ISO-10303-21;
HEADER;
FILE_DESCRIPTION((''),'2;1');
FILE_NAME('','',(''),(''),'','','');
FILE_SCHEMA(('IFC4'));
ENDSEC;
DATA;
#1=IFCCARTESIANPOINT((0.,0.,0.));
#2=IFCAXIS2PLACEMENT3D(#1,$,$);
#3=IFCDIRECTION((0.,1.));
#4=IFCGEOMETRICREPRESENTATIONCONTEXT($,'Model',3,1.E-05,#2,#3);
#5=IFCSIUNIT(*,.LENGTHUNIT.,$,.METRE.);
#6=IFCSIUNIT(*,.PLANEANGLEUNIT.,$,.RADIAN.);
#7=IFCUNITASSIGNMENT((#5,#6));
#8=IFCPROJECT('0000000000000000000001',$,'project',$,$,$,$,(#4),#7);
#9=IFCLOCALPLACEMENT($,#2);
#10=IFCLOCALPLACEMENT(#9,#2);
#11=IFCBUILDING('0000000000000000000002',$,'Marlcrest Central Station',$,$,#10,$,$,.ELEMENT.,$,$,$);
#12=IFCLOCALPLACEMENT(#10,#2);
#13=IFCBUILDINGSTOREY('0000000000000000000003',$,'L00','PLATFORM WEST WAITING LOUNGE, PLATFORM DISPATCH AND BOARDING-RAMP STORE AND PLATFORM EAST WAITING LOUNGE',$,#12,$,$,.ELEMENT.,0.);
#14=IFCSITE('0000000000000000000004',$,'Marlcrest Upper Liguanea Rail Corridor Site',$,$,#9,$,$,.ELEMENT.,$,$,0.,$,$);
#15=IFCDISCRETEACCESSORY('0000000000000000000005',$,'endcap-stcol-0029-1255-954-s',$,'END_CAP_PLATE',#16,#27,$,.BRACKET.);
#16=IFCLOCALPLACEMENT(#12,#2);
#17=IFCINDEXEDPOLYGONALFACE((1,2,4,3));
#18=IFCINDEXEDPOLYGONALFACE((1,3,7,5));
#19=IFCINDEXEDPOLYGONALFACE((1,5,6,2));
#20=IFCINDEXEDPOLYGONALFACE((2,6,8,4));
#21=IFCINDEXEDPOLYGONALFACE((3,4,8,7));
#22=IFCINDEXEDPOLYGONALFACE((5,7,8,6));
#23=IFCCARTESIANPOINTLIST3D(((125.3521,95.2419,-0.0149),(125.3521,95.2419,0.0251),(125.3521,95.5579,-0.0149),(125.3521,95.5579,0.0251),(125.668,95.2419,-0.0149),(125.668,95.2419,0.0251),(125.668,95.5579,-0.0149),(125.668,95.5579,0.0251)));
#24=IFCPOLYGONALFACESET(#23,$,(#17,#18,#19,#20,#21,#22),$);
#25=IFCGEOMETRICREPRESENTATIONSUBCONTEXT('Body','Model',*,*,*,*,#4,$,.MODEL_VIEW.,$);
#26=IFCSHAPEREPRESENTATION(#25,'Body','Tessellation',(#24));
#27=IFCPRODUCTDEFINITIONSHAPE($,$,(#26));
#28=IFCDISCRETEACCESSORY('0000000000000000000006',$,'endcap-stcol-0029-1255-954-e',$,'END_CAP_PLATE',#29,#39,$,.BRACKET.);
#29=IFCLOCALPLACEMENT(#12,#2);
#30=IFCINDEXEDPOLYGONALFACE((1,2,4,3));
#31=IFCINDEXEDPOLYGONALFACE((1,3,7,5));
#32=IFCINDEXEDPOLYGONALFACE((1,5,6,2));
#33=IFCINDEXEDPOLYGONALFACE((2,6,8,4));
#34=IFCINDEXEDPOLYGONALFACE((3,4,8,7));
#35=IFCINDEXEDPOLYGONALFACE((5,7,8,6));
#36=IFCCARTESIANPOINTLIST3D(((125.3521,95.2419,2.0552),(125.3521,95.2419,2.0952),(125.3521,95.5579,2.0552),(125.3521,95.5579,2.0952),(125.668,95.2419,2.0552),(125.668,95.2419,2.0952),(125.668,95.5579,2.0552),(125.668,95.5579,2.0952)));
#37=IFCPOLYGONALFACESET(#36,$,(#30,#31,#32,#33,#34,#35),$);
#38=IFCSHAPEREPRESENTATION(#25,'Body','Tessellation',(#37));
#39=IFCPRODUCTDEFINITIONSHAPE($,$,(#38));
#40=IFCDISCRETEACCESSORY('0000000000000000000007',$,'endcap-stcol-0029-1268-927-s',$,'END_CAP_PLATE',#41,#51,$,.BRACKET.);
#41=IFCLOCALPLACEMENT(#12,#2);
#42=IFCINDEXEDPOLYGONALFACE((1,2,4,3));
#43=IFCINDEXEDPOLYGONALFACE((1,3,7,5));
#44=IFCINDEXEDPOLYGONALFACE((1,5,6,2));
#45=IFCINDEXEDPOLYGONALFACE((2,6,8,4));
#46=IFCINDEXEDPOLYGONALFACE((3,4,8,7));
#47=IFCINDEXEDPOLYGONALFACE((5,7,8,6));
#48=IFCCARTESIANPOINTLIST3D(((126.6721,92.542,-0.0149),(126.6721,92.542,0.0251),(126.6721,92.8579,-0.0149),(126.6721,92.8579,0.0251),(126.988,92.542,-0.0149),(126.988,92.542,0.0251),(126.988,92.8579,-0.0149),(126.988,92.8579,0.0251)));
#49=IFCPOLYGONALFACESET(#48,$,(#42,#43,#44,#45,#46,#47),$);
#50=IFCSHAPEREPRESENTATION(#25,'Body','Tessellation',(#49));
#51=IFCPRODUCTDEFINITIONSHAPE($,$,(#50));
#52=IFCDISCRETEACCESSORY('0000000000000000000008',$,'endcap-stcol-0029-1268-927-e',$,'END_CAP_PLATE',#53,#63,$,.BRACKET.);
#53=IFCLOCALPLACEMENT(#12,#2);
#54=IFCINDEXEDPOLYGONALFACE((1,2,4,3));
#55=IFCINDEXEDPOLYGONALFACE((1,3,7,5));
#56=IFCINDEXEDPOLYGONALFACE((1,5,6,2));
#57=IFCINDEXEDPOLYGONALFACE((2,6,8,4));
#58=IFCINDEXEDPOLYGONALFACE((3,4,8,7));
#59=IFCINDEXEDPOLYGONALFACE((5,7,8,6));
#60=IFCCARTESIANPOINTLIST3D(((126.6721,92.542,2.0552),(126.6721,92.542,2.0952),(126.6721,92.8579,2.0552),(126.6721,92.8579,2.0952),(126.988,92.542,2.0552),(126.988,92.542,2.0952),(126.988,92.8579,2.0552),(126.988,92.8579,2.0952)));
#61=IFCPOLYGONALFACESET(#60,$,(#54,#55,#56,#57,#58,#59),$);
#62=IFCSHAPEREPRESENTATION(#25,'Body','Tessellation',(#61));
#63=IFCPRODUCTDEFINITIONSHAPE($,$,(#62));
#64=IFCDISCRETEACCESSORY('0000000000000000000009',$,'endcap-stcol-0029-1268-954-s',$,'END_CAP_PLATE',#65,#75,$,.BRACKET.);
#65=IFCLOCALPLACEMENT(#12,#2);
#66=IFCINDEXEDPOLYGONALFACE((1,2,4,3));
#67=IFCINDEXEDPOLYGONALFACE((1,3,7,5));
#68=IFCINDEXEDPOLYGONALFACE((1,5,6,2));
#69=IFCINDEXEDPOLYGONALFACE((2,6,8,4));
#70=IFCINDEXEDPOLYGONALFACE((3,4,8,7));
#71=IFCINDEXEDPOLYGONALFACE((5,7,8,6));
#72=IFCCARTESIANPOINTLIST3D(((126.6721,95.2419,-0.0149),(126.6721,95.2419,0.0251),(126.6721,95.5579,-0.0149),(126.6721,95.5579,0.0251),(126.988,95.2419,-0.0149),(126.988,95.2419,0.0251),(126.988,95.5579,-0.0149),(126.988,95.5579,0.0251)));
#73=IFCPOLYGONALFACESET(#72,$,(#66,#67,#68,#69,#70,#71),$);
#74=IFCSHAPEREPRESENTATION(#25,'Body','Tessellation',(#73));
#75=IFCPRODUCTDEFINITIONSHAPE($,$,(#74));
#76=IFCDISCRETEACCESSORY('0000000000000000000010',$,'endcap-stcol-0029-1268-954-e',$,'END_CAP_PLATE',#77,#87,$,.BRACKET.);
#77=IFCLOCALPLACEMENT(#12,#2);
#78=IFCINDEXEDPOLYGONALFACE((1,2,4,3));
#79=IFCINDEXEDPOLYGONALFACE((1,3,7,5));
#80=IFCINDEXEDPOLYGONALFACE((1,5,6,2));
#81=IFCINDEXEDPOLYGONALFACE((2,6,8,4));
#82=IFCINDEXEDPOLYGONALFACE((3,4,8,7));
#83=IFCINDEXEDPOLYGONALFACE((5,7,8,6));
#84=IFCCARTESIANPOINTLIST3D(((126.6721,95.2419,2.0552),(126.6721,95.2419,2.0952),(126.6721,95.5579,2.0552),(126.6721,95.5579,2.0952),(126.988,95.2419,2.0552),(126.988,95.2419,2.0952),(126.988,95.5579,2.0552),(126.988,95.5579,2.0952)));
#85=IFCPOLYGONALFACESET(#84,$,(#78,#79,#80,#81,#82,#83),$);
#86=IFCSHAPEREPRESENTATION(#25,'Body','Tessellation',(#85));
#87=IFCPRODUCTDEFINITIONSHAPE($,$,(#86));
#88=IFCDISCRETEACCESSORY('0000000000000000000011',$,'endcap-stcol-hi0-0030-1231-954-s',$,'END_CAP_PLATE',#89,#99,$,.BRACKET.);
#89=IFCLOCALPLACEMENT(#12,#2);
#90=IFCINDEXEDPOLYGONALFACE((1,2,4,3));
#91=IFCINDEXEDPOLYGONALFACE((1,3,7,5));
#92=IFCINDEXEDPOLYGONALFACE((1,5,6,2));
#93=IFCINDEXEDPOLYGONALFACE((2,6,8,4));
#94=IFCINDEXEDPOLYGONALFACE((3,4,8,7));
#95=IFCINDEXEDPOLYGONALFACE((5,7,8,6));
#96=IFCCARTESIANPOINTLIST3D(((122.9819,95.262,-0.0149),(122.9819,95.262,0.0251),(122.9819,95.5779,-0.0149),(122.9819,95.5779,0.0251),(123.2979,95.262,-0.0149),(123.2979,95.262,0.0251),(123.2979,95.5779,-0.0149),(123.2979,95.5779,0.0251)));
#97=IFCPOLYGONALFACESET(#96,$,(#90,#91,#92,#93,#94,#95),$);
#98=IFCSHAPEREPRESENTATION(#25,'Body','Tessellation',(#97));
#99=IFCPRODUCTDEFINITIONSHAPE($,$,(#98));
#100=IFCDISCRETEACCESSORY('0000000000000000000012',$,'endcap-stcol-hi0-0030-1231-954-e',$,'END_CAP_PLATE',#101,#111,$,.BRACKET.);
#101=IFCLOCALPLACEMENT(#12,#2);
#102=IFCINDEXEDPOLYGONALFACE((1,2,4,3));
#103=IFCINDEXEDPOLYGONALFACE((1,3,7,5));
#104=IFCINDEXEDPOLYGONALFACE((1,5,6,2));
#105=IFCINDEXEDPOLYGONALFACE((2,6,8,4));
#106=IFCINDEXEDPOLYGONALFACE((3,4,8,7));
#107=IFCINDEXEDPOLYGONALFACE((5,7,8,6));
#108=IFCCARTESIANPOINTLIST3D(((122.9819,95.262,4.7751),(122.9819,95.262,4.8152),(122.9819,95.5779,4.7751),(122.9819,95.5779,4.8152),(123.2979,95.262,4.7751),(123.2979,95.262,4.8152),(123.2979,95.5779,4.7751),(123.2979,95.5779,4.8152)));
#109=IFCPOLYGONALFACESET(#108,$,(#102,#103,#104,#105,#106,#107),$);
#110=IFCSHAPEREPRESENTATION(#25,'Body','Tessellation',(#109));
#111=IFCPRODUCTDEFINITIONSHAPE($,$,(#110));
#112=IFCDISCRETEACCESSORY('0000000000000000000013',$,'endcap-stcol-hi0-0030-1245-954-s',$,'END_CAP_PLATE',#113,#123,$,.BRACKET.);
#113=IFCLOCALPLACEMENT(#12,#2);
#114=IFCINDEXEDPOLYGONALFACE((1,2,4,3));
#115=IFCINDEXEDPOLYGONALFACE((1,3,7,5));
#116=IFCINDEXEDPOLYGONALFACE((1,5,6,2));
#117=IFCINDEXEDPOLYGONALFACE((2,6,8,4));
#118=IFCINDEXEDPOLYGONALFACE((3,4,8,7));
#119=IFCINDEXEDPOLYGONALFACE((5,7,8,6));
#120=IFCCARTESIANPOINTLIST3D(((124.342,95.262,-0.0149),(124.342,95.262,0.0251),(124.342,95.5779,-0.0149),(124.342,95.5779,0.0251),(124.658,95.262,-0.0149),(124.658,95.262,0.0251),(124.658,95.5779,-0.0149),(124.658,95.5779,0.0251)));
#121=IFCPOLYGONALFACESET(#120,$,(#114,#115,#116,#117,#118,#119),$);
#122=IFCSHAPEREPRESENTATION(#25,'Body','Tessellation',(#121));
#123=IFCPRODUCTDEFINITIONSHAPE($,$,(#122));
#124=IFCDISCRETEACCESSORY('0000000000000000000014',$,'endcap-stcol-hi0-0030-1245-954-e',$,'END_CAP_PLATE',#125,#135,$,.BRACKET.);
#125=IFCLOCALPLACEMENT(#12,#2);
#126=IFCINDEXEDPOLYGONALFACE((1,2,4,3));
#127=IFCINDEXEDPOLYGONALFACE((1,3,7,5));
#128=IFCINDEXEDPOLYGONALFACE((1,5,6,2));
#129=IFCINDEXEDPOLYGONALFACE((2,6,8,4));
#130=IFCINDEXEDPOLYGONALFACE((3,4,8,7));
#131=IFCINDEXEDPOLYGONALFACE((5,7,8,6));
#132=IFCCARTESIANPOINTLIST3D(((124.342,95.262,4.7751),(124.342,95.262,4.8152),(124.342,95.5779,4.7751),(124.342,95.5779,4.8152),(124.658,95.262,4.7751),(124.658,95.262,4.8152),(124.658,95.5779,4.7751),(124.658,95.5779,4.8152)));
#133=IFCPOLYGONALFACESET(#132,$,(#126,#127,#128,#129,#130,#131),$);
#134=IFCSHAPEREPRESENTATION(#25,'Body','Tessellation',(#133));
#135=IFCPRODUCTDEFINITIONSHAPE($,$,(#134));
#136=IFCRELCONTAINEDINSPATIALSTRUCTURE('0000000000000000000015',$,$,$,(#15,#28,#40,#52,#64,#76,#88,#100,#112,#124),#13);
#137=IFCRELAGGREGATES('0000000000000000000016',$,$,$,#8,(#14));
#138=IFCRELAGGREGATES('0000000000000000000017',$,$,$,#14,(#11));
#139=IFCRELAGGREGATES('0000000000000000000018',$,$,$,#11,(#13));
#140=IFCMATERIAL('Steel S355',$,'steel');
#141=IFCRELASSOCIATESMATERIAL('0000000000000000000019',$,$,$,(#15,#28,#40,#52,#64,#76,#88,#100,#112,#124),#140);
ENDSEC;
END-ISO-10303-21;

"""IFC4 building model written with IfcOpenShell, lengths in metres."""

from ifc_helpers import new_model, si_unit, direction, frame, origin, origin_2d, place, context, subcontext, project, spatial, rectangle, extrude, material, element, save


model = new_model("IFC4")

# Units and contexts
model_context = context("Model", 3, precision=1e-05, world=origin(), true_north=direction((0.0, 1.0)))
body_context = subcontext(model_context, "Body", "Model", "MODEL_VIEW")
ifc_project = project(units=[si_unit("LENGTHUNIT", "METRE"), si_unit("PLANEANGLEUNIT", "RADIAN")], contexts=[model_context])

# Site, building, storey
site_placement = place(None, origin())
site = spatial("IfcSite", under=ifc_project, at=site_placement, Name="Marlcrest Upper Liguanea Rail Corridor Site", CompositionType="ELEMENT", RefElevation=0.0)
building_placement = place(site_placement, origin())
building = spatial("IfcBuilding", under=site, at=building_placement, Name="Marlcrest Central Station", CompositionType="ELEMENT")
storey_placement = place(building_placement, origin())
storey = spatial("IfcBuildingStorey", under=building, at=storey_placement, Name="L00", Description="PLATFORM WEST WAITING LOUNGE, PLATFORM DISPATCH AND BOARDING-RAMP STORE AND PLATFORM EAST WAITING LOUNGE", CompositionType="ELEMENT", Elevation=0.0)

# Shared definitions
ifc_material_1 = material(Name="Steel S355", Category="steel")

# Discrete accessories
for number, where, z_axis, x_axis, name in (
    (1, (125.51, 95.3999, -0.0149), (0.0, 0.0, 1.0), (1.0, 0.0, 0.0), "endcap-stcol-0029-1255-954-s"),
    (2, (125.51, 95.3999, 2.0552), (0.0, 0.0, 1.0), (1.0, 0.0, 0.0), "endcap-stcol-0029-1255-954-e"),
    (3, (126.8301, 92.7, -0.0149), (0.0, 0.0, 1.0), (1.0, 0.0, 0.0), "endcap-stcol-0029-1268-927-s"),
    (4, (126.8301, 92.7, 2.0552), (0.0, 0.0, 1.0), (1.0, 0.0, 0.0), "endcap-stcol-0029-1268-927-e"),
    (5, (126.8301, 95.3999, -0.0149), (0.0, 0.0, 1.0), (1.0, 0.0, 0.0), "endcap-stcol-0029-1268-954-s"),
    (6, (126.8301, 95.3999, 2.0552), (0.0, 0.0, 1.0), (1.0, 0.0, 0.0), "endcap-stcol-0029-1268-954-e"),
    (7, (123.1399, 95.4199, -0.0149), (0.0, 0.0, 1.0), (1.0, 0.0, 0.0), "endcap-stcol-hi0-0030-1231-954-s"),
    (8, (123.1399, 95.4199, 4.7751), (0.0, 0.0, 1.0), (1.0, 0.0, 0.0), "endcap-stcol-hi0-0030-1231-954-e"),
    (9, (124.5, 95.4199, -0.0149), (0.0, 0.0, 1.0), (1.0, 0.0, 0.0), "endcap-stcol-hi0-0030-1245-954-s"),
    (10, (124.5, 95.4199, 4.7751), (0.0, 0.0, 1.0), (1.0, 0.0, 0.0), "endcap-stcol-hi0-0030-1245-954-e"),
):
    element("IfcDiscreteAccessory", number, at=place(storey_placement, frame(where, z_axis=z_axis, x_axis=x_axis)), inside=storey, material=ifc_material_1, Name=name, ObjectType="END_CAP_PLATE", PredefinedType="BRACKET", context=body_context, shape_type="SweptSolid", body=[
        extrude(rectangle(XDim=0.3159, YDim=0.3159, at=origin_2d()), origin(), (0.0, 0.0, 1.0), 0.04),
    ])

save(model, "model.ifc")
